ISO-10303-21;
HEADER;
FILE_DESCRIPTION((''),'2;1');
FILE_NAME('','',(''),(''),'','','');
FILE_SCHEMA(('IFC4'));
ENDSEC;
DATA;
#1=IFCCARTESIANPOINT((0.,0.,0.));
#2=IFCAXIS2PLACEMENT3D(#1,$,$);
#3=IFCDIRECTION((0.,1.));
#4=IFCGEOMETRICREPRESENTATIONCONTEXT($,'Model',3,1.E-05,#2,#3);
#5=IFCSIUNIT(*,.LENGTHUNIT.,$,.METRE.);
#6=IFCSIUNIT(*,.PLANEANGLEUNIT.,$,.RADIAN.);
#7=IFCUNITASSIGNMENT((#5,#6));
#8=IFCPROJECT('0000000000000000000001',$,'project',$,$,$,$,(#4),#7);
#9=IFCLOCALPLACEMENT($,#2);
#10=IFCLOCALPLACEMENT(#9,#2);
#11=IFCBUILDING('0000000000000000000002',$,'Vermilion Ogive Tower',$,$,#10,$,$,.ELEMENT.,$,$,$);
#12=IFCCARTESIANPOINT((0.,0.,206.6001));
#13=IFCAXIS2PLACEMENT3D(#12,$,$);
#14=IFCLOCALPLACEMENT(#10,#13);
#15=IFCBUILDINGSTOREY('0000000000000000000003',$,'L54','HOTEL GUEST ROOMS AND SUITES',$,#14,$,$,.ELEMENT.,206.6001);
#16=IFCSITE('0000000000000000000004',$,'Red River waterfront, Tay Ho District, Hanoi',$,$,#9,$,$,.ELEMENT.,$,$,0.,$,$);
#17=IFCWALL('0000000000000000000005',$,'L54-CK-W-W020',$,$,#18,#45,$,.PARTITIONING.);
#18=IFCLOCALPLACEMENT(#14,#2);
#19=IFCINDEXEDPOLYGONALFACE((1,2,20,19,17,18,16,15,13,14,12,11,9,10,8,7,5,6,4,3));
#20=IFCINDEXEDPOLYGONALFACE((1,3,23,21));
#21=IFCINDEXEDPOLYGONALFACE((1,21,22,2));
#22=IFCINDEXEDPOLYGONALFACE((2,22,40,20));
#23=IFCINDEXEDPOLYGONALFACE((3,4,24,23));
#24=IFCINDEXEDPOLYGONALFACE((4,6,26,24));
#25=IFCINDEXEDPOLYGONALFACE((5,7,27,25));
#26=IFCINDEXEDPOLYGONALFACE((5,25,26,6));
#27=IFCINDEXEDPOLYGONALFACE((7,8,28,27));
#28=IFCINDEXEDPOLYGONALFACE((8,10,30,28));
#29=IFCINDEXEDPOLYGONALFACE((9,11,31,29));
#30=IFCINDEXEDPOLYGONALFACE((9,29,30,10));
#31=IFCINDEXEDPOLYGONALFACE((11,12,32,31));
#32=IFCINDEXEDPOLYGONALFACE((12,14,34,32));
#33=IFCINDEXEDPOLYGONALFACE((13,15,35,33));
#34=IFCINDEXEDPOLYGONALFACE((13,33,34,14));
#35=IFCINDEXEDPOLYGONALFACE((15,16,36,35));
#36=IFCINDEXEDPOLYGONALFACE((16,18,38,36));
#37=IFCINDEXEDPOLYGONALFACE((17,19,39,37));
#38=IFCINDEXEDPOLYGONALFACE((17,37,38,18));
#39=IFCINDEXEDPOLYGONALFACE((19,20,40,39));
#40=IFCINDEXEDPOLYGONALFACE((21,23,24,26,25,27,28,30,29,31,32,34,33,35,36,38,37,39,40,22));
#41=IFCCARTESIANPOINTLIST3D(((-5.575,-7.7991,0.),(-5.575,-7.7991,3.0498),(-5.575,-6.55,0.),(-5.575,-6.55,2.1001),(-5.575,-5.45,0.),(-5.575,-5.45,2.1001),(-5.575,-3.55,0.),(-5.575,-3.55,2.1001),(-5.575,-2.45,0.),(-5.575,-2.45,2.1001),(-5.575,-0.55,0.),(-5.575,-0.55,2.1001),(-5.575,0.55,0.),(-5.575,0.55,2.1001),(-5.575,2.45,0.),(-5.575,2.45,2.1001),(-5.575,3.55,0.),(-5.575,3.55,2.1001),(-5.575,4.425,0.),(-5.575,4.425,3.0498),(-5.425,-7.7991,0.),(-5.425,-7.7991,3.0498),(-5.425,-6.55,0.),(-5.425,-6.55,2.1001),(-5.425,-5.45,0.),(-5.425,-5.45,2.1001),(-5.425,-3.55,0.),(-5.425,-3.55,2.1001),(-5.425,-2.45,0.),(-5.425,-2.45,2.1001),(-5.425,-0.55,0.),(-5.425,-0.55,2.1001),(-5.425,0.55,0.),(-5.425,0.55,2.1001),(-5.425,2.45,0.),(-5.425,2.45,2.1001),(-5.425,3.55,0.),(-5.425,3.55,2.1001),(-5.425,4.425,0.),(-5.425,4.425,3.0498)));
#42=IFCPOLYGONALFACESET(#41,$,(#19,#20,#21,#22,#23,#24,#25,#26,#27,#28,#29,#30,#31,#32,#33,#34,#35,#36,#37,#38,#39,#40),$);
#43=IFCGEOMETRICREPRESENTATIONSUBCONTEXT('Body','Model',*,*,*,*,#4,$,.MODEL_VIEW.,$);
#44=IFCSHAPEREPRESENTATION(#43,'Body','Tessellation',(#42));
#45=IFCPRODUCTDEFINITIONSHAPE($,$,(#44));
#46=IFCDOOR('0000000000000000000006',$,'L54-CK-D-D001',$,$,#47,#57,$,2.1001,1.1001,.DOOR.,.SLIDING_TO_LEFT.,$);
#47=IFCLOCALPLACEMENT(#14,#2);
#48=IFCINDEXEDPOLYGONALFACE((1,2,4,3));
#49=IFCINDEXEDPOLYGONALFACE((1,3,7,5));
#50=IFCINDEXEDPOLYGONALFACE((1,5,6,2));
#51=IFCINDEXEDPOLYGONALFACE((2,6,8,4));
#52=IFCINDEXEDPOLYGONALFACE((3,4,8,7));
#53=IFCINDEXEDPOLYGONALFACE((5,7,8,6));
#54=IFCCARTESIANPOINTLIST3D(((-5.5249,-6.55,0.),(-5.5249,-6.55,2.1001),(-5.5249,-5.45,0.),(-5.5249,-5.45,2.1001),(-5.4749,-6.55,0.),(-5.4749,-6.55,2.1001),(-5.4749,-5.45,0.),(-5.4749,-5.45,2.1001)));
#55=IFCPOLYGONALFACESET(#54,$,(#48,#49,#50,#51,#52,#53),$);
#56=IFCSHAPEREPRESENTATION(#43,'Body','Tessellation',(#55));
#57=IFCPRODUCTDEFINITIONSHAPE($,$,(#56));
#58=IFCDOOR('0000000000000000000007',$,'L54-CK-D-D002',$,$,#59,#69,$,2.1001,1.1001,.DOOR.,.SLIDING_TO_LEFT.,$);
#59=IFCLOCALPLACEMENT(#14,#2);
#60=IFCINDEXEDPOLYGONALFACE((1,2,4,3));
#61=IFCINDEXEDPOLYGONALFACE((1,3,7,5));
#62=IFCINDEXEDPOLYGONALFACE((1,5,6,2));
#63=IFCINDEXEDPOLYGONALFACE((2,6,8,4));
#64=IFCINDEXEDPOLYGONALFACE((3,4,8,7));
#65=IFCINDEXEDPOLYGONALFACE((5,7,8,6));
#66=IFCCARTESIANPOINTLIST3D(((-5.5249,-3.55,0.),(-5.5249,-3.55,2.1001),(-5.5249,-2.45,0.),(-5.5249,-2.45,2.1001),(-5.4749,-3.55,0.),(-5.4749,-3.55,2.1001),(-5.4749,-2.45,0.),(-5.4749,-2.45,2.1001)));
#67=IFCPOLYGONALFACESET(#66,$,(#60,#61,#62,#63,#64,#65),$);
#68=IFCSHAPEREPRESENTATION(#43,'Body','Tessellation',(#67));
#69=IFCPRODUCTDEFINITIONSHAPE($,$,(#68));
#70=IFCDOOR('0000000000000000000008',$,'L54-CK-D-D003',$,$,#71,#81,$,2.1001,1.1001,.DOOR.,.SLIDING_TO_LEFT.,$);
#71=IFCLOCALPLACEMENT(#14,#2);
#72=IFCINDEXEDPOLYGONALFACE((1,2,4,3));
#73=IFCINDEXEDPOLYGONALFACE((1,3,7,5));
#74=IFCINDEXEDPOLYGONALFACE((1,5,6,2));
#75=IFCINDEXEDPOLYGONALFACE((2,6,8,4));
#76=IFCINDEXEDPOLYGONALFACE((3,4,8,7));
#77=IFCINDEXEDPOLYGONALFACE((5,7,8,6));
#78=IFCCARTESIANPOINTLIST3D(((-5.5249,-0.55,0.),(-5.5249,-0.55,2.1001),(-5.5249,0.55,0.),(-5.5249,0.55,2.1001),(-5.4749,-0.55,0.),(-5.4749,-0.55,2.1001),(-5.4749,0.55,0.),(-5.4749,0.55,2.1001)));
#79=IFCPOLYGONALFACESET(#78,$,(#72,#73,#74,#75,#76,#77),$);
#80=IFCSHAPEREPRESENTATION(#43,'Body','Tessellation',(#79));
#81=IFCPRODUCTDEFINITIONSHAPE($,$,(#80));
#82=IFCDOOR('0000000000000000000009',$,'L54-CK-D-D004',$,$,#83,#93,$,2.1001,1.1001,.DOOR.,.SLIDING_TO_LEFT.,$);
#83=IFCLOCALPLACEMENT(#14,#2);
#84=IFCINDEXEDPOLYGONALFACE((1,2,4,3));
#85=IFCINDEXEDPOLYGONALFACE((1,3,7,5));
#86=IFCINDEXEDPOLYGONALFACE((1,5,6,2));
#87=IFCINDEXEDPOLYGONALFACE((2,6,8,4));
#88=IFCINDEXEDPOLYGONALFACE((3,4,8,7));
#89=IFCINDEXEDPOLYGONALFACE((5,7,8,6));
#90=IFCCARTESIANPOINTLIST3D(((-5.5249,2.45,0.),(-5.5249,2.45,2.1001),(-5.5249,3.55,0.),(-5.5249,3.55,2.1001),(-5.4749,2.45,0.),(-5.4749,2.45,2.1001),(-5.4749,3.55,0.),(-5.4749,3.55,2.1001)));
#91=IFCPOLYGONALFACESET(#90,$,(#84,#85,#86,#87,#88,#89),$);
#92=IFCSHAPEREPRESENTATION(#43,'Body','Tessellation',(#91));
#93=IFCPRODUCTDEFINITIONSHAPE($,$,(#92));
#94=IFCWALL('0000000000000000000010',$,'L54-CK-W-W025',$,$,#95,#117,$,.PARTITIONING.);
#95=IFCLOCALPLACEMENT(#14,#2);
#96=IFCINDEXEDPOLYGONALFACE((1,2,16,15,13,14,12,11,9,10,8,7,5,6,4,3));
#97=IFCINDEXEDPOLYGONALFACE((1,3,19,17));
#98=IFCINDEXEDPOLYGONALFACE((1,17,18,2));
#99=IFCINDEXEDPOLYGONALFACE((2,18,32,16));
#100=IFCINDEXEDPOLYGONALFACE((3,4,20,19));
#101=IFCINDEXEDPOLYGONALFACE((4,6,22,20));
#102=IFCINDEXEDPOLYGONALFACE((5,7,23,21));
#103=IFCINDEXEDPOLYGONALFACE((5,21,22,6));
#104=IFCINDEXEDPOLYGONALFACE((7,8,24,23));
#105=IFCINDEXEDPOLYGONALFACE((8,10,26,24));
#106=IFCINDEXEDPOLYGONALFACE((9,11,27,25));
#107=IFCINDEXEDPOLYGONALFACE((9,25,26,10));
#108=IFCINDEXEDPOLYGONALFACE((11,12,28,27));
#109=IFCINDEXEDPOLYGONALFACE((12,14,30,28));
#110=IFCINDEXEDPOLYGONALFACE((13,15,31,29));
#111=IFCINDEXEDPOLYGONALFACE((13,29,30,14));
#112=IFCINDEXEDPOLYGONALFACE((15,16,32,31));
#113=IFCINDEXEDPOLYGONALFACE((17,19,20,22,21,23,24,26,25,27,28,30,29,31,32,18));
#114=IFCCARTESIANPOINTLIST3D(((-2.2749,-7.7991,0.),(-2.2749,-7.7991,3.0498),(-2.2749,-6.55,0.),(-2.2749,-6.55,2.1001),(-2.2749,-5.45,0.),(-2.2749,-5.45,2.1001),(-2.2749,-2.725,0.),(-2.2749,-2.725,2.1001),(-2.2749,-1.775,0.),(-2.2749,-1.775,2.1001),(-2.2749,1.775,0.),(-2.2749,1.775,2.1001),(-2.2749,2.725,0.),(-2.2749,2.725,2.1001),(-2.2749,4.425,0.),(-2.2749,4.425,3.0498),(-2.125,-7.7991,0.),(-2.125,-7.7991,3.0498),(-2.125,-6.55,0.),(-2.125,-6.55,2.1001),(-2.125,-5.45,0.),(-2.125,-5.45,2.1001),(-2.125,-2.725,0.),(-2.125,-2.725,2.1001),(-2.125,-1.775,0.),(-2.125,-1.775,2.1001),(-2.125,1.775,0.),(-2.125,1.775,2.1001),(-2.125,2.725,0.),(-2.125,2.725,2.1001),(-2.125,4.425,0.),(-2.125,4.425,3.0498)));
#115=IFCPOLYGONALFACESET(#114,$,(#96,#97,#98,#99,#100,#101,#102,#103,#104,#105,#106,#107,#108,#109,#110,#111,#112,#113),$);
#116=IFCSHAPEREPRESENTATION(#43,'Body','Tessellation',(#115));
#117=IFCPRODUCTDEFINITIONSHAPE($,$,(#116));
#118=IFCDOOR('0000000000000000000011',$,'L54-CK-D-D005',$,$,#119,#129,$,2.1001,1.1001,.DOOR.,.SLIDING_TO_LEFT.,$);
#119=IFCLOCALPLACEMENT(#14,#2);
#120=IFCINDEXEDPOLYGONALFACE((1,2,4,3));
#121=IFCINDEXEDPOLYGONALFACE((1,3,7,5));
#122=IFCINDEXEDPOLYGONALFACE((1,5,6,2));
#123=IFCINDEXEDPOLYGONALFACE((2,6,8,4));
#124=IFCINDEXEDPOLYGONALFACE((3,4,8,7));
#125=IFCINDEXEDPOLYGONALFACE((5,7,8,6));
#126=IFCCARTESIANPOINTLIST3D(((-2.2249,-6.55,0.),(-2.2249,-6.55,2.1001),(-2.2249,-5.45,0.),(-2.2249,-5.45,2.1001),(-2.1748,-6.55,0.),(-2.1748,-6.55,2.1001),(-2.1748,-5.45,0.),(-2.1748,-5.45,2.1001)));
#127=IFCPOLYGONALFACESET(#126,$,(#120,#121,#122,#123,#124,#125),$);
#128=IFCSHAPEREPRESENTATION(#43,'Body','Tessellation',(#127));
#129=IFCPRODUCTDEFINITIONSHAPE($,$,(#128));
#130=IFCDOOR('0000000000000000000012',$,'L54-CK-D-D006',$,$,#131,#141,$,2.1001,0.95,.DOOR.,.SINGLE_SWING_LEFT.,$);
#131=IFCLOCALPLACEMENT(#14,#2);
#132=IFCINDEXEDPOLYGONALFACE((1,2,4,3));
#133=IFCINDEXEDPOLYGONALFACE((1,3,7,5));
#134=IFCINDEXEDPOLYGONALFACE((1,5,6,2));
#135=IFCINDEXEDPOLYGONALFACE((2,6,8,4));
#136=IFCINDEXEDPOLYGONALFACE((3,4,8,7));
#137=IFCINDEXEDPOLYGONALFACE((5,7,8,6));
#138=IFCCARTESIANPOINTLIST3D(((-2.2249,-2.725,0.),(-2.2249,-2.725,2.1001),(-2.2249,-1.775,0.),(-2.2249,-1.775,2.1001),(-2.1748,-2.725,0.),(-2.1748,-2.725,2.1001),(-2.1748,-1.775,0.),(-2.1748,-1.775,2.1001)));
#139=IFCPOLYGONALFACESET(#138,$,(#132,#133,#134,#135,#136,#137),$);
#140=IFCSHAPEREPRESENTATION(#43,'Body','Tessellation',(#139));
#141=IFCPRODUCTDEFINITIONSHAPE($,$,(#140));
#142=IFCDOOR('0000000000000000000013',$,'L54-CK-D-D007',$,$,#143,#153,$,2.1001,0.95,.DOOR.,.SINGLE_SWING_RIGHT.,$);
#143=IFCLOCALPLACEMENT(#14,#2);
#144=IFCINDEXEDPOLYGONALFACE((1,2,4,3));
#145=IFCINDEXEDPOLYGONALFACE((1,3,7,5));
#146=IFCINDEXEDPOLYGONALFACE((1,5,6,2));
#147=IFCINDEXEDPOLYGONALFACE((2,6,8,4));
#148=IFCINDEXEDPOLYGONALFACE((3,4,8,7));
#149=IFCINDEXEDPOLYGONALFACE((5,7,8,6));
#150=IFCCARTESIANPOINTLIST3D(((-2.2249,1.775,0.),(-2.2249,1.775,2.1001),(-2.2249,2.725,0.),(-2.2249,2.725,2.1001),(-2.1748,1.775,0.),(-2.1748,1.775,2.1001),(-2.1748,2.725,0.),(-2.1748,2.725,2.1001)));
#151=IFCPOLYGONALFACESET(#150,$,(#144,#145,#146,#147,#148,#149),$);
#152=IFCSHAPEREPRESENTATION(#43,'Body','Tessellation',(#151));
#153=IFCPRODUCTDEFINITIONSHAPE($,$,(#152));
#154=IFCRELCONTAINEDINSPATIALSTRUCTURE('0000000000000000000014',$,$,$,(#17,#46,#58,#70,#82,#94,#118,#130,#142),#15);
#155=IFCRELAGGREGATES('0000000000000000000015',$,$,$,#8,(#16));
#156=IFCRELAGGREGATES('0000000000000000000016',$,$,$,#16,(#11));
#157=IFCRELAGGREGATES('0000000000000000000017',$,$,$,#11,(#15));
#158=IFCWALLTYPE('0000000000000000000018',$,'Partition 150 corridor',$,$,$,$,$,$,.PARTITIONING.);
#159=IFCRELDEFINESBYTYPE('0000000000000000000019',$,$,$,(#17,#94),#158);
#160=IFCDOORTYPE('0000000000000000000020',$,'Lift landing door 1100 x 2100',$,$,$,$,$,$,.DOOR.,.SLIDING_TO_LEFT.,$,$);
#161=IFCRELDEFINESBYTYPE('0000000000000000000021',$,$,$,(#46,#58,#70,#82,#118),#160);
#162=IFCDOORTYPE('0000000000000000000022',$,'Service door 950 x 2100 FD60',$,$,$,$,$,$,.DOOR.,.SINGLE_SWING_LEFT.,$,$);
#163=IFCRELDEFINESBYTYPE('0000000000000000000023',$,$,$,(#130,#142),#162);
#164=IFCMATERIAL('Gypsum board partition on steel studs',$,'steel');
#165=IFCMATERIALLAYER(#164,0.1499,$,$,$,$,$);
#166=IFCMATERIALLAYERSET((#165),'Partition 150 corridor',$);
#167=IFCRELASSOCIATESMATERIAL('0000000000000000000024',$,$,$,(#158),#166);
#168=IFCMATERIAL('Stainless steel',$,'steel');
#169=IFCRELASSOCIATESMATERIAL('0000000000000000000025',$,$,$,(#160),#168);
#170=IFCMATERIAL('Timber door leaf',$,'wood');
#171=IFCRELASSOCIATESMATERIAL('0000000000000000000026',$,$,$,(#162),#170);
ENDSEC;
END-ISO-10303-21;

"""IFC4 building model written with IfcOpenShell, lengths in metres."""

from ifc_helpers import new_model, si_unit, direction, frame, frame_2d, origin, place, context, subcontext, project, spatial, rectangle, extrude, material, layer, layer_set, type_object, element, fill, save


model = new_model("IFC4")

# Units and contexts
model_context = context("Model", 3, precision=1e-05, world=origin(), true_north=direction((0.0, 1.0)))
body_context = subcontext(model_context, "Body", "Model", "MODEL_VIEW")
ifc_project = project(units=[si_unit("LENGTHUNIT", "METRE"), si_unit("PLANEANGLEUNIT", "RADIAN")], contexts=[model_context])

# Site, building, storey
site_placement = place(None, origin())
site = spatial("IfcSite", under=ifc_project, at=site_placement, Name="Red River waterfront, Tay Ho District, Hanoi", CompositionType="ELEMENT", RefElevation=0.0)
building_placement = place(site_placement, origin())
building = spatial("IfcBuilding", under=site, at=building_placement, Name="Vermilion Ogive Tower", CompositionType="ELEMENT")
storey_placement = place(building_placement, frame((0.0, 0.0, 206.6001)))
storey = spatial("IfcBuildingStorey", under=building, at=storey_placement, Name="L54", Description="HOTEL GUEST ROOMS AND SUITES", CompositionType="ELEMENT", Elevation=206.6001)

# Shared definitions
ifc_material_1 = material(Name="Gypsum board partition on steel studs", Category="steel")
ifc_layer_1 = layer(ifc_material_1, 0.1499)
ifc_layer_set_1 = layer_set([ifc_layer_1], Name="Partition 150 corridor")
wall_type_1 = type_object("IfcWallType", Name="Partition 150 corridor", PredefinedType="PARTITIONING", material=ifc_layer_set_1)

# Walls, openings, doors
wall_1_placement = place(storey_placement, frame((-5.5, -7.7991, 0.0), z_axis=(0.0, 0.0, 1.0), x_axis=(0.0, 1.0, 0.0)))
wall_1 = element("IfcWall", 1, at=wall_1_placement, inside=storey, type_object=wall_type_1, Name="L54-CK-W-W020", PredefinedType="PARTITIONING", context=body_context, shape_type="SweptSolid", body=[
    extrude(rectangle(XDim=12.2241, YDim=0.1499, at=frame_2d((6.1121, 0.0))), origin(), (0.0, 0.0, 1.0), 3.0498),
])
opening_1_placement = place(wall_1_placement, frame((1.249, 0.0, 0.0)))
opening_1 = element("IfcOpeningElement", 2, at=opening_1_placement, cuts=wall_1, PredefinedType="OPENING", context=body_context, shape_type="SweptSolid", body=[
    extrude(rectangle(XDim=1.1001, YDim=2.1001, at=frame_2d((0.55, 1.05))), frame((0.0, 0.085, 0.0), z_axis=(0.0, -1.0, 0.0), x_axis=(1.0, 0.0, 0.0)), (0.0, 0.0, 1.0), 0.1699),
])
opening_2_placement = place(wall_1_placement, frame((4.249, 0.0, 0.0)))
opening_2 = element("IfcOpeningElement", 3, at=opening_2_placement, cuts=wall_1, PredefinedType="OPENING", context=body_context, shape_type="SweptSolid", body=[
    extrude(rectangle(XDim=1.1001, YDim=2.1001, at=frame_2d((0.55, 1.05))), frame((0.0, 0.085, 0.0), z_axis=(0.0, -1.0, 0.0), x_axis=(1.0, 0.0, 0.0)), (0.0, 0.0, 1.0), 0.1699),
])
opening_3_placement = place(wall_1_placement, frame((7.249, 0.0, 0.0)))
opening_3 = element("IfcOpeningElement", 4, at=opening_3_placement, cuts=wall_1, PredefinedType="OPENING", context=body_context, shape_type="SweptSolid", body=[
    extrude(rectangle(XDim=1.1001, YDim=2.1001, at=frame_2d((0.55, 1.05))), frame((0.0, 0.085, 0.0), z_axis=(0.0, -1.0, 0.0), x_axis=(1.0, 0.0, 0.0)), (0.0, 0.0, 1.0), 0.1699),
])
opening_4_placement = place(wall_1_placement, frame((10.249, 0.0, 0.0)))
opening_4 = element("IfcOpeningElement", 5, at=opening_4_placement, cuts=wall_1, PredefinedType="OPENING", context=body_context, shape_type="SweptSolid", body=[
    extrude(rectangle(XDim=1.1001, YDim=2.1001, at=frame_2d((0.55, 1.05))), frame((0.0, 0.085, 0.0), z_axis=(0.0, -1.0, 0.0), x_axis=(1.0, 0.0, 0.0)), (0.0, 0.0, 1.0), 0.1699),
])
ifc_material_2 = material(Name="Stainless steel", Category="steel")
door_type_1 = type_object("IfcDoorType", Name="Lift landing door 1100 x 2100", OperationType="SLIDING_TO_LEFT", PredefinedType="DOOR", material=ifc_material_2)
door_1_placement = place(opening_1_placement, origin())
door_1 = element("IfcDoor", 6, at=door_1_placement, inside=storey, type_object=door_type_1, Name="L54-CK-D-D001", OperationType="SLIDING_TO_LEFT", OverallHeight=2.1001, OverallWidth=1.1001, PredefinedType="DOOR", context=body_context, shape_type="SweptSolid", body=[
    extrude(rectangle(XDim=1.1001, YDim=2.1001, at=frame_2d((0.55, 1.05))), frame((0.0, 0.0249, 0.0), z_axis=(0.0, -1.0, 0.0), x_axis=(1.0, 0.0, 0.0)), (0.0, 0.0, 1.0), 0.05),
])
fill(opening_1, door_1)
door_2_placement = place(opening_2_placement, origin())
door_2 = element("IfcDoor", 7, at=door_2_placement, inside=storey, type_object=door_type_1, Name="L54-CK-D-D002", OperationType="SLIDING_TO_LEFT", OverallHeight=2.1001, OverallWidth=1.1001, PredefinedType="DOOR", context=body_context, shape_type="SweptSolid", body=[
    extrude(rectangle(XDim=1.1001, YDim=2.1001, at=frame_2d((0.55, 1.05))), frame((0.0, 0.0249, 0.0), z_axis=(0.0, -1.0, 0.0), x_axis=(1.0, 0.0, 0.0)), (0.0, 0.0, 1.0), 0.05),
])
fill(opening_2, door_2)
door_3_placement = place(opening_3_placement, origin())
door_3 = element("IfcDoor", 8, at=door_3_placement, inside=storey, type_object=door_type_1, Name="L54-CK-D-D003", OperationType="SLIDING_TO_LEFT", OverallHeight=2.1001, OverallWidth=1.1001, PredefinedType="DOOR", context=body_context, shape_type="SweptSolid", body=[
    extrude(rectangle(XDim=1.1001, YDim=2.1001, at=frame_2d((0.55, 1.05))), frame((0.0, 0.0249, 0.0), z_axis=(0.0, -1.0, 0.0), x_axis=(1.0, 0.0, 0.0)), (0.0, 0.0, 1.0), 0.05),
])
fill(opening_3, door_3)
door_4_placement = place(opening_4_placement, origin())
door_4 = element("IfcDoor", 9, at=door_4_placement, inside=storey, type_object=door_type_1, Name="L54-CK-D-D004", OperationType="SLIDING_TO_LEFT", OverallHeight=2.1001, OverallWidth=1.1001, PredefinedType="DOOR", context=body_context, shape_type="SweptSolid", body=[
    extrude(rectangle(XDim=1.1001, YDim=2.1001, at=frame_2d((0.55, 1.05))), frame((0.0, 0.0249, 0.0), z_axis=(0.0, -1.0, 0.0), x_axis=(1.0, 0.0, 0.0)), (0.0, 0.0, 1.0), 0.05),
])
fill(opening_4, door_4)
wall_2_placement = place(storey_placement, frame((-2.2, -7.7991, 0.0), z_axis=(0.0, 0.0, 1.0), x_axis=(0.0, 1.0, 0.0)))
wall_2 = element("IfcWall", 10, at=wall_2_placement, inside=storey, type_object=wall_type_1, Name="L54-CK-W-W025", PredefinedType="PARTITIONING", context=body_context, shape_type="SweptSolid", body=[
    extrude(rectangle(XDim=12.2241, YDim=0.1499, at=frame_2d((6.1121, 0.0))), origin(), (0.0, 0.0, 1.0), 3.0498),
])
opening_5_placement = place(wall_2_placement, frame((1.249, 0.0, 0.0)))
opening_5 = element("IfcOpeningElement", 11, at=opening_5_placement, cuts=wall_2, PredefinedType="OPENING", context=body_context, shape_type="SweptSolid", body=[
    extrude(rectangle(XDim=1.1001, YDim=2.1001, at=frame_2d((0.55, 1.05))), frame((0.0, 0.085, 0.0), z_axis=(0.0, -1.0, 0.0), x_axis=(1.0, 0.0, 0.0)), (0.0, 0.0, 1.0), 0.1699),
])
opening_6_placement = place(wall_2_placement, frame((5.074, 0.0, 0.0)))
opening_6 = element("IfcOpeningElement", 12, at=opening_6_placement, cuts=wall_2, PredefinedType="OPENING", context=body_context, shape_type="SweptSolid", body=[
    extrude(rectangle(XDim=0.95, YDim=2.1001, at=frame_2d((0.4751, 1.05))), frame((0.0, 0.085, 0.0), z_axis=(0.0, -1.0, 0.0), x_axis=(1.0, 0.0, 0.0)), (0.0, 0.0, 1.0), 0.1699),
])
opening_7_placement = place(wall_2_placement, frame((9.574, 0.0, 0.0)))
opening_7 = element("IfcOpeningElement", 13, at=opening_7_placement, cuts=wall_2, PredefinedType="OPENING", context=body_context, shape_type="SweptSolid", body=[
    extrude(rectangle(XDim=0.95, YDim=2.1001, at=frame_2d((0.4751, 1.05))), frame((0.0, 0.085, 0.0), z_axis=(0.0, -1.0, 0.0), x_axis=(1.0, 0.0, 0.0)), (0.0, 0.0, 1.0), 0.1699),
])
door_5_placement = place(opening_5_placement, origin())
door_5 = element("IfcDoor", 14, at=door_5_placement, inside=storey, type_object=door_type_1, Name="L54-CK-D-D005", OperationType="SLIDING_TO_LEFT", OverallHeight=2.1001, OverallWidth=1.1001, PredefinedType="DOOR", context=body_context, shape_type="SweptSolid", body=[
    extrude(rectangle(XDim=1.1001, YDim=2.1001, at=frame_2d((0.55, 1.05))), frame((0.0, 0.0249, 0.0), z_axis=(0.0, -1.0, 0.0), x_axis=(1.0, 0.0, 0.0)), (0.0, 0.0, 1.0), 0.05),
])
fill(opening_5, door_5)
ifc_material_3 = material(Name="Timber door leaf", Category="wood")
door_type_2 = type_object("IfcDoorType", Name="Service door 950 x 2100 FD60", OperationType="SINGLE_SWING_LEFT", PredefinedType="DOOR", material=ifc_material_3)
door_6_placement = place(opening_6_placement, origin())
door_6 = element("IfcDoor", 15, at=door_6_placement, inside=storey, type_object=door_type_2, Name="L54-CK-D-D006", OperationType="SINGLE_SWING_LEFT", OverallHeight=2.1001, OverallWidth=0.95, PredefinedType="DOOR", context=body_context, shape_type="SweptSolid", body=[
    extrude(rectangle(XDim=0.95, YDim=2.1001, at=frame_2d((0.4751, 1.05))), frame((0.0, 0.0249, 0.0), z_axis=(0.0, -1.0, 0.0), x_axis=(1.0, 0.0, 0.0)), (0.0, 0.0, 1.0), 0.05),
])
fill(opening_6, door_6)
door_7_placement = place(opening_7_placement, origin())
door_7 = element("IfcDoor", 16, at=door_7_placement, inside=storey, type_object=door_type_2, Name="L54-CK-D-D007", OperationType="SINGLE_SWING_RIGHT", OverallHeight=2.1001, OverallWidth=0.95, PredefinedType="DOOR", context=body_context, shape_type="SweptSolid", body=[
    extrude(rectangle(XDim=0.95, YDim=2.1001, at=frame_2d((0.4751, 1.05))), frame((0.0, 0.0249, 0.0), z_axis=(0.0, -1.0, 0.0), x_axis=(1.0, 0.0, 0.0)), (0.0, 0.0, 1.0), 0.05),
])
fill(opening_7, door_7)

save(model, "model.ifc")
